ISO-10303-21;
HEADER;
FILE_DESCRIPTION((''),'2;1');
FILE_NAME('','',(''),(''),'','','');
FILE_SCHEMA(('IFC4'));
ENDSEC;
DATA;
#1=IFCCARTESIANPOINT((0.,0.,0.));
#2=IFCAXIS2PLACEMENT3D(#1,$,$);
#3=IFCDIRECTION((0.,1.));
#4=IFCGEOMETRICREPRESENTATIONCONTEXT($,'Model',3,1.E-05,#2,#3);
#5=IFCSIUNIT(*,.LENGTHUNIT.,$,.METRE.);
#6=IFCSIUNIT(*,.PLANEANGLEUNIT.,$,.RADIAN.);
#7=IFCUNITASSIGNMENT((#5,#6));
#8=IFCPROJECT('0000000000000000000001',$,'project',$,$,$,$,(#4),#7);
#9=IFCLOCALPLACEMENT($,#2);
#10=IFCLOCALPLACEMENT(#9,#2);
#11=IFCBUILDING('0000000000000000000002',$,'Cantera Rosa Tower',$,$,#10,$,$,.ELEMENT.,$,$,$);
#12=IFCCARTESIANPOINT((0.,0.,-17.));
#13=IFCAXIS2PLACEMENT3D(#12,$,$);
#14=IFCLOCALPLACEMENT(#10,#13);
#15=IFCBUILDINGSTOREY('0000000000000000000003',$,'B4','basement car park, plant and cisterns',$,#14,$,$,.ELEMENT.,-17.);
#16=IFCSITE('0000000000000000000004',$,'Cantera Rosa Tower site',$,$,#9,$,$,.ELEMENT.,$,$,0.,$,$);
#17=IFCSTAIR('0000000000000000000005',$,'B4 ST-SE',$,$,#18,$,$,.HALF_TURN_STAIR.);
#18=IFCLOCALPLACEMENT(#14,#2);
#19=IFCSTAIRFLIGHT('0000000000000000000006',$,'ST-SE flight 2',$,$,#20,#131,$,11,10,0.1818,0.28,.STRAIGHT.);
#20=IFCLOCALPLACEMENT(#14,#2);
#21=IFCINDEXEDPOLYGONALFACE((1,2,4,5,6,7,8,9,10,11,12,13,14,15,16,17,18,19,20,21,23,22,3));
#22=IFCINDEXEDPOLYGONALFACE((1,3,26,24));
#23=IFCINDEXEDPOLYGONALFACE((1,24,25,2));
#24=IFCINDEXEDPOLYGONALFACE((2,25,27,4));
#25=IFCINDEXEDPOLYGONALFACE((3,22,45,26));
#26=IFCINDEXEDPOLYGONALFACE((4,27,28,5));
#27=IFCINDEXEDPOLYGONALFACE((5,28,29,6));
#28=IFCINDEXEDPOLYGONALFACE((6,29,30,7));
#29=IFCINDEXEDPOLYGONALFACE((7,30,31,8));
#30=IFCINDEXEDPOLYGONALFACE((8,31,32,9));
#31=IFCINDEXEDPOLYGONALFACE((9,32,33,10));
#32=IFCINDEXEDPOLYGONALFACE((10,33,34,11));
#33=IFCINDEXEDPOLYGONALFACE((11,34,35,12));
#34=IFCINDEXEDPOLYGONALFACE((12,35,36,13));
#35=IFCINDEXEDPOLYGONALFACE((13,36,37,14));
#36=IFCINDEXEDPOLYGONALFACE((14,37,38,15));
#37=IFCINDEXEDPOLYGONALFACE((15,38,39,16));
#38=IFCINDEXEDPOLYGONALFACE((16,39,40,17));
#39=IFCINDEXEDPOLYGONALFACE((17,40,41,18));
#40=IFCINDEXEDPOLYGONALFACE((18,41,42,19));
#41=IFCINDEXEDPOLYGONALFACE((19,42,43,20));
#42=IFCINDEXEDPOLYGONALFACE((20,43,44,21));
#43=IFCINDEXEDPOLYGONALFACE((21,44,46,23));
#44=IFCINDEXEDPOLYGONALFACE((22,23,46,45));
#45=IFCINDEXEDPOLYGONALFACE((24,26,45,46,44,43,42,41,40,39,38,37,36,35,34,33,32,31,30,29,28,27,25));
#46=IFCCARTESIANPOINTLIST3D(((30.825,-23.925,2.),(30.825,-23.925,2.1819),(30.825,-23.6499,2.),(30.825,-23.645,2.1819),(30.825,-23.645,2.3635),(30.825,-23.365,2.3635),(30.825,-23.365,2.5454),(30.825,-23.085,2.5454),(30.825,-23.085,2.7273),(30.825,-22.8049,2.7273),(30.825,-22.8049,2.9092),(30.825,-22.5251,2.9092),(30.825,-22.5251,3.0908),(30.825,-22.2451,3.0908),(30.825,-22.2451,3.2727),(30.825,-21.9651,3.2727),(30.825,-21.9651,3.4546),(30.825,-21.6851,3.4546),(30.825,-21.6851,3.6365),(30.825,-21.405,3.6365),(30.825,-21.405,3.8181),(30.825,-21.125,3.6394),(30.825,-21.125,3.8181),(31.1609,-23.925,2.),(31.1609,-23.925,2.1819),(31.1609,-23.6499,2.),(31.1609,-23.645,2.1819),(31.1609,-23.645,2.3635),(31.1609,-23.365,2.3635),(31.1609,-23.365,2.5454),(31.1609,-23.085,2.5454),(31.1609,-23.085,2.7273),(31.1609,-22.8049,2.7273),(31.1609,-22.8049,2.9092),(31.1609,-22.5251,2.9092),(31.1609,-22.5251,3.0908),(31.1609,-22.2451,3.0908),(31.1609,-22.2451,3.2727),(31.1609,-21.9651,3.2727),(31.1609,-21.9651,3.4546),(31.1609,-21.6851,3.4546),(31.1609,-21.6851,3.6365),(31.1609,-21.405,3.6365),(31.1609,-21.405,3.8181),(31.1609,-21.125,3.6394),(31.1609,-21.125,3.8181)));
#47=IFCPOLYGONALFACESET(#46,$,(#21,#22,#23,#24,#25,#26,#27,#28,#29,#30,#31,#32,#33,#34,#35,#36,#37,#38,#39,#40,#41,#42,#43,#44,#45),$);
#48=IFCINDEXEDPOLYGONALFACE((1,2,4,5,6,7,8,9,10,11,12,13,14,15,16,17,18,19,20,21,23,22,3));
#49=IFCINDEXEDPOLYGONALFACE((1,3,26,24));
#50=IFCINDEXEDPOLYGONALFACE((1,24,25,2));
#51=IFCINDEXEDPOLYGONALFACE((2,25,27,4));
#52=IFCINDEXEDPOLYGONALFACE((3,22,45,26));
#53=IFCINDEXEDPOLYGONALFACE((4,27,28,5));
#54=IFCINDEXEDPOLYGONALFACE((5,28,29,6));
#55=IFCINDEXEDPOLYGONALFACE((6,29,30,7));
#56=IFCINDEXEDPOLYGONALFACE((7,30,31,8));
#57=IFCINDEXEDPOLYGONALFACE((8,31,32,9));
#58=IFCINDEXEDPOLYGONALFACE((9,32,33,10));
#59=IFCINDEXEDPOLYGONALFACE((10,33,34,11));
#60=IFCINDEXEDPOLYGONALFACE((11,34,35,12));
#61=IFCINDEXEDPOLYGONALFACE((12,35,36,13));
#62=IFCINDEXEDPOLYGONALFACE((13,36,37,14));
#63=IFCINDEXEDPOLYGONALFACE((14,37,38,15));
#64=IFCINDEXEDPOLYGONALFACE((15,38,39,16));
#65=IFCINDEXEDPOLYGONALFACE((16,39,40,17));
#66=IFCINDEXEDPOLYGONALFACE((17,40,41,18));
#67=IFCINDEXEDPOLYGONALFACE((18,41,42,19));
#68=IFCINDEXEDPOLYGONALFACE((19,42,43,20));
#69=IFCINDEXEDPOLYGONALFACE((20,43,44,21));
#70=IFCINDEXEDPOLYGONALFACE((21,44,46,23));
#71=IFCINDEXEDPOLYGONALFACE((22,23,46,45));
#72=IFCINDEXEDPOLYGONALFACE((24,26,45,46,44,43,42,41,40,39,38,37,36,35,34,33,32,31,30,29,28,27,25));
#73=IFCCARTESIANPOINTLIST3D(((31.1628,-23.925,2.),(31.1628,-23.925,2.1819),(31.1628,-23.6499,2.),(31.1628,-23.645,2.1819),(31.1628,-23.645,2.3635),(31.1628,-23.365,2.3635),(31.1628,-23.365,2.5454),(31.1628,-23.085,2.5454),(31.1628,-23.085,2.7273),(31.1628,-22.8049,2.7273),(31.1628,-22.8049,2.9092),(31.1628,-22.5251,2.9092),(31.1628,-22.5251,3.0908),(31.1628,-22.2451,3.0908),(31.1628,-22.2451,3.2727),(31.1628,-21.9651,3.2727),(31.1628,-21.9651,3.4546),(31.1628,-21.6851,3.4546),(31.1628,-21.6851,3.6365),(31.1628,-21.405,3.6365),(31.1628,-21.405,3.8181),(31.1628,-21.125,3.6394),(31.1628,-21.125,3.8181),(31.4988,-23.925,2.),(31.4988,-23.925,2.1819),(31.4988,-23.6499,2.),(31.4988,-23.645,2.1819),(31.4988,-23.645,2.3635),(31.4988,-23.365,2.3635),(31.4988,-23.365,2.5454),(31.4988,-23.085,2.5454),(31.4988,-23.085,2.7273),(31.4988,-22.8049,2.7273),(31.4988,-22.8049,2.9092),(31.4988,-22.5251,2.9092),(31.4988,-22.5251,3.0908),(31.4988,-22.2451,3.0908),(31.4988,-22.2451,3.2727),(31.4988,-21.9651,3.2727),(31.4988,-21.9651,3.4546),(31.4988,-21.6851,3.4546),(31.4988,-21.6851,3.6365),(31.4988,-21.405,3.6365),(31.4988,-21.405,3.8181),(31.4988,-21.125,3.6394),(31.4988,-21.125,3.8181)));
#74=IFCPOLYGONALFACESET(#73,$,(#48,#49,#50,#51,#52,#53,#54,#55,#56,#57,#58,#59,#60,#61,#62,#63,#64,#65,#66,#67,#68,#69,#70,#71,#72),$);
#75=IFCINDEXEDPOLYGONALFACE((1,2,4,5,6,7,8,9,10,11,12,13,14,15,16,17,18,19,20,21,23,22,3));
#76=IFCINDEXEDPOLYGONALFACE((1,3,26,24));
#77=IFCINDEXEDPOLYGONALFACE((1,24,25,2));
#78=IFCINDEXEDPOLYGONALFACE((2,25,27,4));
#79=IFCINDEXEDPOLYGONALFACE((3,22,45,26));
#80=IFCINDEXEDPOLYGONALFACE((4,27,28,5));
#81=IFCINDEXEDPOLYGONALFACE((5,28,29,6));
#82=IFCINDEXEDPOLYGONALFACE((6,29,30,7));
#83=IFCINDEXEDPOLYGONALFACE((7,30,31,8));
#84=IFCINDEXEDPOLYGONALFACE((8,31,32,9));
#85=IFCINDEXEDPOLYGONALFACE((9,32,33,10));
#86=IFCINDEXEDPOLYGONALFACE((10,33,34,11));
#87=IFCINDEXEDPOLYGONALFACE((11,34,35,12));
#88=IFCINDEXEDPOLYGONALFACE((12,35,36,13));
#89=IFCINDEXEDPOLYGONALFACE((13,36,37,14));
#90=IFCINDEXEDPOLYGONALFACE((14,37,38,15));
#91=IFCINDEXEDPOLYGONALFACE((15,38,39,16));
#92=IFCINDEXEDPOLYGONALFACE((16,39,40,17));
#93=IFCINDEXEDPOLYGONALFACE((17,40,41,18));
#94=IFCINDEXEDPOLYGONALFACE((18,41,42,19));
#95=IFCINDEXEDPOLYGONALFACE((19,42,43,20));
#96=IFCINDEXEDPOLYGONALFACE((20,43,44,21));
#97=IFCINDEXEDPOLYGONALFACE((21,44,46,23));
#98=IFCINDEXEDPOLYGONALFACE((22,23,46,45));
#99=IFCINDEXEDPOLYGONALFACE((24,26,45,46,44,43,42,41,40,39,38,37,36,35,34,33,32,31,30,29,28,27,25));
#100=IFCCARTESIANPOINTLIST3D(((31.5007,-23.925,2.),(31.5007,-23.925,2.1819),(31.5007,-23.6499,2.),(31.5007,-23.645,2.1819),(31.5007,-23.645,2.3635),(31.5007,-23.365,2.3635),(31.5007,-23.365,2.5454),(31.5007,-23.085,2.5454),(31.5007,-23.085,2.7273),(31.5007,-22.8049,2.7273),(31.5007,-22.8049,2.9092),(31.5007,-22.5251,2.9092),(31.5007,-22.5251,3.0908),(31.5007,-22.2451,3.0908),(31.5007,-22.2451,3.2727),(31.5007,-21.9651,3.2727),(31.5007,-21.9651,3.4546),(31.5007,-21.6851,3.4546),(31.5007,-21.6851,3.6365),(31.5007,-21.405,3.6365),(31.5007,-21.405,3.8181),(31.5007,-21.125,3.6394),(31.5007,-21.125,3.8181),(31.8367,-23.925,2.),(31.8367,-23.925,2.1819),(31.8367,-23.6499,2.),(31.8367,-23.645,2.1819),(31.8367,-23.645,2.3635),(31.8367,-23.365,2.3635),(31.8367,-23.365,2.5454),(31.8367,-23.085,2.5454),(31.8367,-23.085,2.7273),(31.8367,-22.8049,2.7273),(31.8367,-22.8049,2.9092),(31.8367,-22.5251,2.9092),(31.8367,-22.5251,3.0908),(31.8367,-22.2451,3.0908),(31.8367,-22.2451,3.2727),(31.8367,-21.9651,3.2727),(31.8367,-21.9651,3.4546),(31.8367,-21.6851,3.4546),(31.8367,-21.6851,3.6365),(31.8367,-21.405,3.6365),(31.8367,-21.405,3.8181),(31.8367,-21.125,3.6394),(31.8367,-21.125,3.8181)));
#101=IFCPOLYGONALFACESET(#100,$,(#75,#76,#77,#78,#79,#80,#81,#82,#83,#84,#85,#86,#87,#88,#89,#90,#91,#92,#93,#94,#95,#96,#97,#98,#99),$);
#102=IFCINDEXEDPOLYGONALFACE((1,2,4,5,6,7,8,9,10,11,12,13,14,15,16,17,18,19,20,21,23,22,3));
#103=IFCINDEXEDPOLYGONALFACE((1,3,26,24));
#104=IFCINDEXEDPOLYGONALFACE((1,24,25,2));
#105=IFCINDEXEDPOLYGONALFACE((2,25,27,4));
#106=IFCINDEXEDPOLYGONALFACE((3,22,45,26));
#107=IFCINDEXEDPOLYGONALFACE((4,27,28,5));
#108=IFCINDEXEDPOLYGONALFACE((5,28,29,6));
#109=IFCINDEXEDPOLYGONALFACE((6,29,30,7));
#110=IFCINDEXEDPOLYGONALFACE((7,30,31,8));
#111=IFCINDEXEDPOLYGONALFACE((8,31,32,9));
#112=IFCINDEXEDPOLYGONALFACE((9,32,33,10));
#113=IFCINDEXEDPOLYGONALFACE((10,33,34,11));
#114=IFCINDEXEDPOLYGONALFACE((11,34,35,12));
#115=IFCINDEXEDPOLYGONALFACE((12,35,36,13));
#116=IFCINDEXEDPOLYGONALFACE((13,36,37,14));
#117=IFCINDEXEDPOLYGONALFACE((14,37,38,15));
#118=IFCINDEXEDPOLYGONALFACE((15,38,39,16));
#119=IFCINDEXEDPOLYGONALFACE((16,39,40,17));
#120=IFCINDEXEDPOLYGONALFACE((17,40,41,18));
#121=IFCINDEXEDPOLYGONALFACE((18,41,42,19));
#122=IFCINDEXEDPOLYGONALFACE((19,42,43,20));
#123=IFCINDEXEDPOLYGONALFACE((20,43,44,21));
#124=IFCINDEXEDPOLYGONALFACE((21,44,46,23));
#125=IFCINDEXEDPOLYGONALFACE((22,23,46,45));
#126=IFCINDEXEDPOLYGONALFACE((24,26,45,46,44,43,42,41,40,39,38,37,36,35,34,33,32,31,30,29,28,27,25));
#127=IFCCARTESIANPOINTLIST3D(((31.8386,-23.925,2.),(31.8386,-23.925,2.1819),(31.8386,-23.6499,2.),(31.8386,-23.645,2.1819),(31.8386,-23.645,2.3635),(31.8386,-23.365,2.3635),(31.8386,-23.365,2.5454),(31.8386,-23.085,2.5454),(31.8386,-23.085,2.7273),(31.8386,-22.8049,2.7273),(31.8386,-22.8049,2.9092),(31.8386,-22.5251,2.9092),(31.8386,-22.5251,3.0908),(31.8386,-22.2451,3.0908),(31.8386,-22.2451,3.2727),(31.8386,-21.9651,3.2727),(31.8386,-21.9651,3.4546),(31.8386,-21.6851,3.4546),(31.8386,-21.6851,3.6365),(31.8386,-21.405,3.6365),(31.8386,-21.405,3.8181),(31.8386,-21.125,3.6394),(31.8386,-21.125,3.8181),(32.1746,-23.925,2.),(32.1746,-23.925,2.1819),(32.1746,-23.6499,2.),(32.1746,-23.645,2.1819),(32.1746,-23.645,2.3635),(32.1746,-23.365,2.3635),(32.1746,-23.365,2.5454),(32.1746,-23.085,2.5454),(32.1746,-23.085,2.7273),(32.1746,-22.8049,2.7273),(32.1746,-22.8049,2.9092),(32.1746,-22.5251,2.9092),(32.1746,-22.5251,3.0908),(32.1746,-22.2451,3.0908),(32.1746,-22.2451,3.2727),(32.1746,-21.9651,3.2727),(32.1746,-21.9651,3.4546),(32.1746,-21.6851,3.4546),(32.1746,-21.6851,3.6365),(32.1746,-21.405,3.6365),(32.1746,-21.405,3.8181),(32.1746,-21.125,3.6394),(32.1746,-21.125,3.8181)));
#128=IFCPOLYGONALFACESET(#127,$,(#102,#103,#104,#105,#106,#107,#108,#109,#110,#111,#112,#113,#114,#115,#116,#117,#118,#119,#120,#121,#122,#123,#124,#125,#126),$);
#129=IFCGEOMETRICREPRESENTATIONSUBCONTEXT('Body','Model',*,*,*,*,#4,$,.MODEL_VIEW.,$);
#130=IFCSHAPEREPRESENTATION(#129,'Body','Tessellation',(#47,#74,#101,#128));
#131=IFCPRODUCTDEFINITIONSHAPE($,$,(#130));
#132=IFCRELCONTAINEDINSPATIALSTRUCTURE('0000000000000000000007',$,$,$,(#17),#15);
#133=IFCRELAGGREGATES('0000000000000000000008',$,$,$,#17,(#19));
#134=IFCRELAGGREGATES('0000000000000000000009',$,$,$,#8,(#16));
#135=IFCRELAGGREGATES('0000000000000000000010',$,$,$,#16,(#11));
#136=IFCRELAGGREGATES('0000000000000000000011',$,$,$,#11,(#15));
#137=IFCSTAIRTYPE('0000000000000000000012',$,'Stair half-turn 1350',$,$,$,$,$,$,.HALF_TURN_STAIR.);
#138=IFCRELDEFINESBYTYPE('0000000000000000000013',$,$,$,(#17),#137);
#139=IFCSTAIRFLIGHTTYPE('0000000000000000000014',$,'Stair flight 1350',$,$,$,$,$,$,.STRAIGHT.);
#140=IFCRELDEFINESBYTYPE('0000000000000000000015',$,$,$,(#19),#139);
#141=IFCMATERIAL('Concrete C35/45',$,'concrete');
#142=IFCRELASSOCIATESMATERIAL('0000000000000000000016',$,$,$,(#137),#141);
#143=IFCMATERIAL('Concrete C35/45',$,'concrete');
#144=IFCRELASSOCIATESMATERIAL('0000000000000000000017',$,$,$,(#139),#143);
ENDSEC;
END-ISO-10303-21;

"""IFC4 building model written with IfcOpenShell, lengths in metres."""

from ifc_helpers import new_model, si_unit, direction, frame, origin, place, context, subcontext, project, spatial, polyline, outline, extrude, material, type_object, element, aggregate, save


model = new_model("IFC4")

# Units and contexts
model_context = context("Model", 3, precision=1e-05, world=origin(), true_north=direction((0.0, 1.0)))
body_context = subcontext(model_context, "Body", "Model", "MODEL_VIEW")
ifc_project = project(units=[si_unit("LENGTHUNIT", "METRE"), si_unit("PLANEANGLEUNIT", "RADIAN")], contexts=[model_context])

# Site, building, storey
site_placement = place(None, origin())
site = spatial("IfcSite", under=ifc_project, at=site_placement, Name="Cantera Rosa Tower site", CompositionType="ELEMENT", RefElevation=0.0)
building_placement = place(site_placement, origin())
building = spatial("IfcBuilding", under=site, at=building_placement, Name="Cantera Rosa Tower", CompositionType="ELEMENT")
storey_placement = place(building_placement, frame((0.0, 0.0, -17.0)))
storey = spatial("IfcBuildingStorey", under=building, at=storey_placement, Name="B4", Description="basement car park, plant and cisterns", CompositionType="ELEMENT", Elevation=-17.0)

# Stair, stair flight
ifc_material_1 = material(Name="Concrete C35/45", Category="concrete")
stair_type = type_object("IfcStairType", Name="Stair half-turn 1350", PredefinedType="HALF_TURN_STAIR", material=ifc_material_1)
stair_placement = place(storey_placement, origin())
stair = element("IfcStair", 1, at=stair_placement, inside=storey, type_object=stair_type, Name="B4 ST-SE", PredefinedType="HALF_TURN_STAIR")
ifc_material_2 = material(Name="Concrete C35/45", Category="concrete")
stair_flight_type = type_object("IfcStairFlightType", Name="Stair flight 1350", PredefinedType="STRAIGHT", material=ifc_material_2)
stair_flight_1_placement = place(storey_placement, frame((31.5, -23.925, 2.0), z_axis=(0.0, 0.0, 1.0), x_axis=(0.0, 1.0, 0.0)))
stair_flight_1 = element("IfcStairFlight", 2, at=stair_flight_1_placement, type_object=stair_flight_type, Name="ST-SE flight 2", NumberOfRisers=11, NumberOfTreads=10, PredefinedType="STRAIGHT", RiserHeight=0.1818, TreadLength=0.28, context=body_context, shape_type="SweptSolid", body=[
    extrude(outline(polyline([(0.0, 0.0), (0.0, 0.1819), (0.28, 0.1819), (0.28, 0.3635), (0.5601, 0.3635), (0.5601, 0.5454), (0.8401, 0.5454), (0.8401, 0.7273), (1.1201, 0.7273), (1.1201, 0.9092), (1.3999, 0.9092), (1.3999, 1.0908), (1.6799, 1.0908), (1.6799, 1.2727), (1.96, 1.2727), (1.96, 1.4546), (2.24, 1.4546), (2.24, 1.6365), (2.52, 1.6365), (2.52, 1.8181), (2.8, 1.8181), (2.8, 2.0), (2.8, 1.6394), (0.2751, 0.0), (0.0, 0.0)])), frame((0.0, 0.675, 0.0), z_axis=(0.0, -1.0, 0.0), x_axis=(1.0, 0.0, 0.0)), (0.0, 0.0, 1.0), 0.3359),
    extrude(outline(polyline([(0.0, 0.0), (0.0, 0.1819), (0.28, 0.1819), (0.28, 0.3635), (0.5601, 0.3635), (0.5601, 0.5454), (0.8401, 0.5454), (0.8401, 0.7273), (1.1201, 0.7273), (1.1201, 0.9092), (1.3999, 0.9092), (1.3999, 1.0908), (1.6799, 1.0908), (1.6799, 1.2727), (1.96, 1.2727), (1.96, 1.4546), (2.24, 1.4546), (2.24, 1.6365), (2.52, 1.6365), (2.52, 1.8181), (2.8, 1.8181), (2.8, 2.0), (2.8, 1.6394), (0.2751, 0.0), (0.0, 0.0)])), frame((0.0, 0.3372, 0.0), z_axis=(0.0, -1.0, 0.0), x_axis=(1.0, 0.0, 0.0)), (0.0, 0.0, 1.0), 0.3359),
    extrude(outline(polyline([(0.0, 0.0), (0.0, 0.1819), (0.28, 0.1819), (0.28, 0.3635), (0.5601, 0.3635), (0.5601, 0.5454), (0.8401, 0.5454), (0.8401, 0.7273), (1.1201, 0.7273), (1.1201, 0.9092), (1.3999, 0.9092), (1.3999, 1.0908), (1.6799, 1.0908), (1.6799, 1.2727), (1.96, 1.2727), (1.96, 1.4546), (2.24, 1.4546), (2.24, 1.6365), (2.52, 1.6365), (2.52, 1.8181), (2.8, 1.8181), (2.8, 2.0), (2.8, 1.6394), (0.2751, 0.0), (0.0, 0.0)])), frame((0.0, -0.0007, 0.0), z_axis=(0.0, -1.0, 0.0), x_axis=(1.0, 0.0, 0.0)), (0.0, 0.0, 1.0), 0.3359),
    extrude(outline(polyline([(0.0, 0.0), (0.0, 0.1819), (0.28, 0.1819), (0.28, 0.3635), (0.5601, 0.3635), (0.5601, 0.5454), (0.8401, 0.5454), (0.8401, 0.7273), (1.1201, 0.7273), (1.1201, 0.9092), (1.3999, 0.9092), (1.3999, 1.0908), (1.6799, 1.0908), (1.6799, 1.2727), (1.96, 1.2727), (1.96, 1.4546), (2.24, 1.4546), (2.24, 1.6365), (2.52, 1.6365), (2.52, 1.8181), (2.8, 1.8181), (2.8, 2.0), (2.8, 1.6394), (0.2751, 0.0), (0.0, 0.0)])), frame((0.0, -0.3386, 0.0), z_axis=(0.0, -1.0, 0.0), x_axis=(1.0, 0.0, 0.0)), (0.0, 0.0, 1.0), 0.3359),
])
aggregate(stair, [stair_flight_1])

save(model, "model.ifc")
